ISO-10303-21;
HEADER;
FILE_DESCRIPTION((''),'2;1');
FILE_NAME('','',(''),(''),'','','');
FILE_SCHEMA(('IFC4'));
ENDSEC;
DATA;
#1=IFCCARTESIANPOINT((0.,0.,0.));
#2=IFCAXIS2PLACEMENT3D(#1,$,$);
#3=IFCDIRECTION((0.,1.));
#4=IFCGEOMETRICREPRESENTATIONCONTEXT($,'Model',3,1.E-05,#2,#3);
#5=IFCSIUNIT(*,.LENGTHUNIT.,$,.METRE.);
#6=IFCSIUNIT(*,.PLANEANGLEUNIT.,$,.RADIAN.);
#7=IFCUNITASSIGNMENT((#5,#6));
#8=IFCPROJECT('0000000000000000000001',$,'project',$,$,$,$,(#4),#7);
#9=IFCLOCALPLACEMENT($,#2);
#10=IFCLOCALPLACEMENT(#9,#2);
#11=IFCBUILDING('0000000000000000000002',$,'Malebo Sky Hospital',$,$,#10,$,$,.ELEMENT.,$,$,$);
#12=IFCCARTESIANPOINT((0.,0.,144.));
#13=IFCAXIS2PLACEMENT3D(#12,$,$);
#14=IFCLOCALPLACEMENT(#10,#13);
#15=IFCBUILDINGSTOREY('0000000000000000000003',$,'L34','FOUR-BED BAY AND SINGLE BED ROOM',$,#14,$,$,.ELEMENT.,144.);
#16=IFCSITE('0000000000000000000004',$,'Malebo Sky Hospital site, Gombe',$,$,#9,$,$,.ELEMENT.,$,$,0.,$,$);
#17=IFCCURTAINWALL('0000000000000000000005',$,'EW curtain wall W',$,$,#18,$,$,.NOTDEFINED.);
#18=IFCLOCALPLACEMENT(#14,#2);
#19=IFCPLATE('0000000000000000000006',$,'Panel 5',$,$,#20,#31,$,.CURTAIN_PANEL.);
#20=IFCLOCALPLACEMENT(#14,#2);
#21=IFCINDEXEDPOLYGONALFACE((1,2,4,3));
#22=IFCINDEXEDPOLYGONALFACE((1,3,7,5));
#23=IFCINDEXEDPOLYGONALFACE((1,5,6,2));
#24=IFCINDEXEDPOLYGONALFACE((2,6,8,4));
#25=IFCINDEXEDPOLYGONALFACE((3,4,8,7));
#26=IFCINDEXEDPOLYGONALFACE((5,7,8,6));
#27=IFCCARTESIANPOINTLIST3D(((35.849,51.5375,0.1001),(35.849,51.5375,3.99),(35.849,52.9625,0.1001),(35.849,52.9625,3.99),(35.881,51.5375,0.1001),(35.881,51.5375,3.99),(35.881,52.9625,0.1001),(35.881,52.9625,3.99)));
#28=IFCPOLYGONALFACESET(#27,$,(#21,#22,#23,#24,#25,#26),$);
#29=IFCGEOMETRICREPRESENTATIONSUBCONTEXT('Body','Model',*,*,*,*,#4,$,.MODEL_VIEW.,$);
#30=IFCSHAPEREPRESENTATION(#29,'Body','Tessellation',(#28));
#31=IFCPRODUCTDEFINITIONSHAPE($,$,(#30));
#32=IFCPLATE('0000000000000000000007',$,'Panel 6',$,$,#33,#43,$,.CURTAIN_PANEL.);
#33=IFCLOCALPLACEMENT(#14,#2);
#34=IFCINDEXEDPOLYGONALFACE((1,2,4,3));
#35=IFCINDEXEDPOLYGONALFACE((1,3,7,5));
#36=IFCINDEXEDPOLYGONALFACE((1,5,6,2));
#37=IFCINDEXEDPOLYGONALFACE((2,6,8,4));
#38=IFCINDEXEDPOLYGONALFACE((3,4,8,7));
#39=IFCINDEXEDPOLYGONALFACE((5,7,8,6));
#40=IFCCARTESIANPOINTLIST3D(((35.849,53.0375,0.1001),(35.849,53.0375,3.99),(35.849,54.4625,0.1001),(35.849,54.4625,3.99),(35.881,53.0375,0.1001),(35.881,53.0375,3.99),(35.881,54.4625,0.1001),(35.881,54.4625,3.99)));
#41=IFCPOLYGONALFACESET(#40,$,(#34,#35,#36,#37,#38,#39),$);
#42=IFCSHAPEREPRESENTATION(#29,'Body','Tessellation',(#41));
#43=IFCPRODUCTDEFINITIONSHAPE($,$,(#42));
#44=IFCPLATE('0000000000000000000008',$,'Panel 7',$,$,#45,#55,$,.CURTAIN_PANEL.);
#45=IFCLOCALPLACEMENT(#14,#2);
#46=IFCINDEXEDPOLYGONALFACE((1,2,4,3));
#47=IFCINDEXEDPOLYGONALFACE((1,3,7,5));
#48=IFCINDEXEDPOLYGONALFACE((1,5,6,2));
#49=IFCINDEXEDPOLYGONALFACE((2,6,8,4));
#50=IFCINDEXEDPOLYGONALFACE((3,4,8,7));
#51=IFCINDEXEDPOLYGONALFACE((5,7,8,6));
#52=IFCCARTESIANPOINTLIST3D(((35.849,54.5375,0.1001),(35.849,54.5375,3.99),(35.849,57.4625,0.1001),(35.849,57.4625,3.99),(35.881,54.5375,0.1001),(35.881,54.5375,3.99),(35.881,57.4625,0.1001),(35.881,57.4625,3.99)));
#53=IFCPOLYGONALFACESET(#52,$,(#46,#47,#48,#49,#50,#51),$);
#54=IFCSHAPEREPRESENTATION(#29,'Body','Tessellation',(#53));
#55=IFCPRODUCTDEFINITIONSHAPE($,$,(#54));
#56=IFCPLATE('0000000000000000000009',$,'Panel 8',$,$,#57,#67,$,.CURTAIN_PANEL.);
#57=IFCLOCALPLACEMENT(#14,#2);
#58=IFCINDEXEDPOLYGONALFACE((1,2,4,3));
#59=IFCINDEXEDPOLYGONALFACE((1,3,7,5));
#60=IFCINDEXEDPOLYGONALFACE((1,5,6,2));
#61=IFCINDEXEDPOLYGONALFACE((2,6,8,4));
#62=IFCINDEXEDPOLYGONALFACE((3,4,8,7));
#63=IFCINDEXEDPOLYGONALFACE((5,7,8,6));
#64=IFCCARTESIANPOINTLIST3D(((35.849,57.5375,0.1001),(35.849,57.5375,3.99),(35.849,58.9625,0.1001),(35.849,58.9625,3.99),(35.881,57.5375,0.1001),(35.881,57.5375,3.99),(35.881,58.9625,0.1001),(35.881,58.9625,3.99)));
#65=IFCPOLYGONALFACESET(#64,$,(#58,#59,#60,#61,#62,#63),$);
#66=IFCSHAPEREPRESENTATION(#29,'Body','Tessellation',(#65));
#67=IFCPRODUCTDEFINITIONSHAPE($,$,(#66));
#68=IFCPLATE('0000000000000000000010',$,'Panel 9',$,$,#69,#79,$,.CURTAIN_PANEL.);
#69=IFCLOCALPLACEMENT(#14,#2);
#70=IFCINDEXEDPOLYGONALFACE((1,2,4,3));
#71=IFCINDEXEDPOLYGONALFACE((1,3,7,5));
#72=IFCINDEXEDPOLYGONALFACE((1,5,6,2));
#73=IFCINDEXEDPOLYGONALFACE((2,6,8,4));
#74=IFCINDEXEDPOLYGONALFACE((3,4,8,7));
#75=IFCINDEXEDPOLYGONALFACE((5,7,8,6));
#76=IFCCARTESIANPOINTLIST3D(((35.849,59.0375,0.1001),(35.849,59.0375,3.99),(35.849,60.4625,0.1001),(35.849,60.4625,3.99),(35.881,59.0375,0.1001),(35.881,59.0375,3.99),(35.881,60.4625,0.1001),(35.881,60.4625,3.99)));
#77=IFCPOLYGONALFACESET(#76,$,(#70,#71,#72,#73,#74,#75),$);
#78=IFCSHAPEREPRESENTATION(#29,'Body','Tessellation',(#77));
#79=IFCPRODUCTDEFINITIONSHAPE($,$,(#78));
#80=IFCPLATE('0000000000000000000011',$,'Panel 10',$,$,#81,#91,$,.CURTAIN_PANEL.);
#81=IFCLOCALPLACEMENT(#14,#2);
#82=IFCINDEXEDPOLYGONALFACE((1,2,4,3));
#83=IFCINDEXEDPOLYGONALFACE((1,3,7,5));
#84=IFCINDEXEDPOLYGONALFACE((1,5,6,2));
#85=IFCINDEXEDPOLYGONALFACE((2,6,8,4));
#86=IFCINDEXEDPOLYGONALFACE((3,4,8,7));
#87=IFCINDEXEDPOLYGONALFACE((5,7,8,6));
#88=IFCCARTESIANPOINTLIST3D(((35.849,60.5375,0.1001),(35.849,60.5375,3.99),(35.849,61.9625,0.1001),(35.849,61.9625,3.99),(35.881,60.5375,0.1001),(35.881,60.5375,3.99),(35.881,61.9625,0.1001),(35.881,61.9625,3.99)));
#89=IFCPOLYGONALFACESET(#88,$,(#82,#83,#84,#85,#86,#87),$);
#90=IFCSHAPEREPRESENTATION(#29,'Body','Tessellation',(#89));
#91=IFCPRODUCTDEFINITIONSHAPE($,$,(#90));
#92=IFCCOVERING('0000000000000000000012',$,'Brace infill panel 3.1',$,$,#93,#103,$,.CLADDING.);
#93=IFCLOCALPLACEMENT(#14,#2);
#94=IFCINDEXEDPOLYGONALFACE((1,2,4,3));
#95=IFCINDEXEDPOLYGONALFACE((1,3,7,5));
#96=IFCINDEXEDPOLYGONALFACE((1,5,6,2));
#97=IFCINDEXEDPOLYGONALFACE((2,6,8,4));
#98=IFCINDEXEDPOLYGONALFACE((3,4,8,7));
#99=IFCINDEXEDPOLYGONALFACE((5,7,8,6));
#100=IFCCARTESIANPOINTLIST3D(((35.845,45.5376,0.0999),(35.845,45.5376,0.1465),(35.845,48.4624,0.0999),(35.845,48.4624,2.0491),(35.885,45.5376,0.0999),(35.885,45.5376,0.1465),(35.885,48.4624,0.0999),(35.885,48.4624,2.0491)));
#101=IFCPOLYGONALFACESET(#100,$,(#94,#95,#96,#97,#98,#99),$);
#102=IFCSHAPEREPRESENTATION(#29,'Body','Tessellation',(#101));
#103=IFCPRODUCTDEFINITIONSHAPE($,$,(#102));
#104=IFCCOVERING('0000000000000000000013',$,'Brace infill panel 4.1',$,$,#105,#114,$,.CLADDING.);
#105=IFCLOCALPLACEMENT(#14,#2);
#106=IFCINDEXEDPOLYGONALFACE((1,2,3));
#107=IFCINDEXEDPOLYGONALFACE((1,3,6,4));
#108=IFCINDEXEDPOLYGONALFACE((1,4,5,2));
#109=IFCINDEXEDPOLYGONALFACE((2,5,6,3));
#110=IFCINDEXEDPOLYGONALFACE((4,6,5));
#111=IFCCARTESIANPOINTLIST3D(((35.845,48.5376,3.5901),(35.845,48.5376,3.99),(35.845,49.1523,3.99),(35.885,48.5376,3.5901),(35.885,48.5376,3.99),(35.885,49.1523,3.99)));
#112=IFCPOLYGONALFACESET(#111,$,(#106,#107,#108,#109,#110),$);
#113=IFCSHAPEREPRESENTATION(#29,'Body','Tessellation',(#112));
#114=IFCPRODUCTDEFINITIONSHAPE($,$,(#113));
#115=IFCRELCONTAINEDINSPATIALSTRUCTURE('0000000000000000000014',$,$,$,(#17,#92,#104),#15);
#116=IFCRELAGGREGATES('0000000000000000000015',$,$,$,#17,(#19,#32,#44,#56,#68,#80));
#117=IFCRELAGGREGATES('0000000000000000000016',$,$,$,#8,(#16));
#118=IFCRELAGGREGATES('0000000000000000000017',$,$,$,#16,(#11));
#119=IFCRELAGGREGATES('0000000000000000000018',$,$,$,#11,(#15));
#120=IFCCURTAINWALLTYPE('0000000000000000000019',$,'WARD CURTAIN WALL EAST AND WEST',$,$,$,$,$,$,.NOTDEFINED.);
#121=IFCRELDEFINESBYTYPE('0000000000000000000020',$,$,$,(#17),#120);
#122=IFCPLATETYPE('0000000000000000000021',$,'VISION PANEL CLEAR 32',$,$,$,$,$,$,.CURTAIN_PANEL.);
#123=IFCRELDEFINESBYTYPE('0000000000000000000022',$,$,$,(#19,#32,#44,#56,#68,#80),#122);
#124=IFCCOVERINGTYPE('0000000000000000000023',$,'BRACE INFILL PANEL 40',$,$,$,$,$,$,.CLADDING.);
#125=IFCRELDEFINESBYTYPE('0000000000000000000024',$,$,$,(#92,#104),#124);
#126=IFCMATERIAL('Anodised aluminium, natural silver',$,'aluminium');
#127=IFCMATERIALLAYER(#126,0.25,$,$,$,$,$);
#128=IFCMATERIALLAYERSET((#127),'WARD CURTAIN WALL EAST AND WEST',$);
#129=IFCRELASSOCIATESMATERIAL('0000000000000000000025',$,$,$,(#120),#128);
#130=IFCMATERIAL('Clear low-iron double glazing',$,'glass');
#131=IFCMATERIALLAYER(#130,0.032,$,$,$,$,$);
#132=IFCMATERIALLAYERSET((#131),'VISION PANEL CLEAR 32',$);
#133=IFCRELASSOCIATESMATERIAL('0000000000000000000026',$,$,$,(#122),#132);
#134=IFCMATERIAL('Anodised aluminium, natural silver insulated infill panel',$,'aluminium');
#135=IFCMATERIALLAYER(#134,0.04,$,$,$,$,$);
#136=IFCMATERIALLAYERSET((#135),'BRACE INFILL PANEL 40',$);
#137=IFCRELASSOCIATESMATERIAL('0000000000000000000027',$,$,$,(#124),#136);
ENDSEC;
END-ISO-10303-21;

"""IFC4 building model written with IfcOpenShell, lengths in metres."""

from ifc_helpers import new_model, si_unit, direction, frame, origin, origin_2d, place, context, subcontext, project, spatial, polyline, rectangle, outline, extrude, material, layer, layer_set, type_object, element, aggregate, save


model = new_model("IFC4")

# Units and contexts
model_context = context("Model", 3, precision=1e-05, world=origin(), true_north=direction((0.0, 1.0)))
body_context = subcontext(model_context, "Body", "Model", "MODEL_VIEW")
ifc_project = project(units=[si_unit("LENGTHUNIT", "METRE"), si_unit("PLANEANGLEUNIT", "RADIAN")], contexts=[model_context])

# Site, building, storey
site_placement = place(None, origin())
site = spatial("IfcSite", under=ifc_project, at=site_placement, Name="Malebo Sky Hospital site, Gombe", CompositionType="ELEMENT", RefElevation=0.0)
building_placement = place(site_placement, origin())
building = spatial("IfcBuilding", under=site, at=building_placement, Name="Malebo Sky Hospital", CompositionType="ELEMENT")
storey_placement = place(building_placement, frame((0.0, 0.0, 144.0)))
storey = spatial("IfcBuildingStorey", under=building, at=storey_placement, Name="L34", Description="FOUR-BED BAY AND SINGLE BED ROOM", CompositionType="ELEMENT", Elevation=144.0)

# Curtain wall
ifc_material_1 = material(Name="Anodised aluminium, natural silver", Category="aluminium")
ifc_layer_1 = layer(ifc_material_1, 0.25)
ifc_layer_set_1 = layer_set([ifc_layer_1], Name="WARD CURTAIN WALL EAST AND WEST")
curtain_wall_type = type_object("IfcCurtainWallType", Name="WARD CURTAIN WALL EAST AND WEST", PredefinedType="NOTDEFINED", material=ifc_layer_set_1)
curtain_wall_placement = place(storey_placement, origin())
curtain_wall = element("IfcCurtainWall", 1, at=curtain_wall_placement, inside=storey, type_object=curtain_wall_type, Name="EW curtain wall W", PredefinedType="NOTDEFINED")

# Plates
ifc_material_2 = material(Name="Clear low-iron double glazing", Category="glass")
ifc_layer_2 = layer(ifc_material_2, 0.032)
ifc_layer_set_2 = layer_set([ifc_layer_2], Name="VISION PANEL CLEAR 32")
plate_type = type_object("IfcPlateType", Name="VISION PANEL CLEAR 32", PredefinedType="CURTAIN_PANEL", material=ifc_layer_set_2)
plate_1_placement = place(storey_placement, frame((35.865, 52.25, 0.1001), z_axis=(0.0, 0.0, 1.0), x_axis=(0.0, 1.0, 0.0)))
plate_1 = element("IfcPlate", 2, at=plate_1_placement, type_object=plate_type, Name="Panel 5", PredefinedType="CURTAIN_PANEL", context=body_context, shape_type="SweptSolid", body=[
    extrude(rectangle(XDim=1.425, YDim=0.032, at=origin_2d()), origin(), (0.0, 0.0, 1.0), 3.8899),
])
plate_2_placement = place(storey_placement, frame((35.865, 53.75, 0.1001), z_axis=(0.0, 0.0, 1.0), x_axis=(0.0, 1.0, 0.0)))
plate_2 = element("IfcPlate", 3, at=plate_2_placement, type_object=plate_type, Name="Panel 6", PredefinedType="CURTAIN_PANEL", context=body_context, shape_type="SweptSolid", body=[
    extrude(rectangle(XDim=1.425, YDim=0.032, at=origin_2d()), origin(), (0.0, 0.0, 1.0), 3.8899),
])
plate_3_placement = place(storey_placement, frame((35.865, 56.0, 0.1001), z_axis=(0.0, 0.0, 1.0), x_axis=(0.0, 1.0, 0.0)))
plate_3 = element("IfcPlate", 4, at=plate_3_placement, type_object=plate_type, Name="Panel 7", PredefinedType="CURTAIN_PANEL", context=body_context, shape_type="SweptSolid", body=[
    extrude(rectangle(XDim=2.925, YDim=0.032, at=origin_2d()), origin(), (0.0, 0.0, 1.0), 3.8899),
])
plate_4_placement = place(storey_placement, frame((35.865, 58.25, 0.1001), z_axis=(0.0, 0.0, 1.0), x_axis=(0.0, 1.0, 0.0)))
plate_4 = element("IfcPlate", 5, at=plate_4_placement, type_object=plate_type, Name="Panel 8", PredefinedType="CURTAIN_PANEL", context=body_context, shape_type="SweptSolid", body=[
    extrude(rectangle(XDim=1.425, YDim=0.032, at=origin_2d()), origin(), (0.0, 0.0, 1.0), 3.8899),
])
plate_5_placement = place(storey_placement, frame((35.865, 59.75, 0.1001), z_axis=(0.0, 0.0, 1.0), x_axis=(0.0, 1.0, 0.0)))
plate_5 = element("IfcPlate", 6, at=plate_5_placement, type_object=plate_type, Name="Panel 9", PredefinedType="CURTAIN_PANEL", context=body_context, shape_type="SweptSolid", body=[
    extrude(rectangle(XDim=1.425, YDim=0.032, at=origin_2d()), origin(), (0.0, 0.0, 1.0), 3.8899),
])
plate_6_placement = place(storey_placement, frame((35.865, 61.25, 0.1001), z_axis=(0.0, 0.0, 1.0), x_axis=(0.0, 1.0, 0.0)))
plate_6 = element("IfcPlate", 7, at=plate_6_placement, type_object=plate_type, Name="Panel 10", PredefinedType="CURTAIN_PANEL", context=body_context, shape_type="SweptSolid", body=[
    extrude(rectangle(XDim=1.425, YDim=0.032, at=origin_2d()), origin(), (0.0, 0.0, 1.0), 3.8899),
])
aggregate(curtain_wall, [plate_1, plate_2, plate_3, plate_4, plate_5, plate_6])

# Coverings
ifc_material_3 = material(Name="Anodised aluminium, natural silver insulated infill panel", Category="aluminium")
ifc_layer_3 = layer(ifc_material_3, 0.04)
ifc_layer_set_3 = layer_set([ifc_layer_3], Name="BRACE INFILL PANEL 40")
covering_type = type_object("IfcCoveringType", Name="BRACE INFILL PANEL 40", PredefinedType="CLADDING", material=ifc_layer_set_3)
covering_1_placement = place(storey_placement, frame((35.865, 47.0, 0.0999), z_axis=(0.0, 0.0, 1.0), x_axis=(0.0, 1.0, 0.0)))
element("IfcCovering", 8, at=covering_1_placement, inside=storey, type_object=covering_type, Name="Brace infill panel 3.1", PredefinedType="CLADDING", context=body_context, shape_type="SweptSolid", body=[
    extrude(outline(polyline([(-1.4624, 0.0), (1.4624, 0.0), (1.4624, 1.9492), (-1.4624, 0.0466), (-1.4624, 0.0)])), frame((0.0, 0.02, 0.0), z_axis=(0.0, -1.0, 0.0), x_axis=(1.0, 0.0, 0.0)), (0.0, 0.0, 1.0), 0.04),
])
covering_2_placement = place(storey_placement, frame((35.865, 48.845, 3.5901), z_axis=(0.0, 0.0, 1.0), x_axis=(0.0, 1.0, 0.0)))
element("IfcCovering", 9, at=covering_2_placement, inside=storey, type_object=covering_type, Name="Brace infill panel 4.1", PredefinedType="CLADDING", context=body_context, shape_type="SweptSolid", body=[
    extrude(outline(polyline([(-0.3074, 0.0), (0.3074, 0.3999), (-0.3074, 0.3999), (-0.3074, 0.0)])), frame((0.0, 0.02, 0.0), z_axis=(0.0, -1.0, 0.0), x_axis=(1.0, 0.0, 0.0)), (0.0, 0.0, 1.0), 0.04),
])

save(model, "model.ifc")
